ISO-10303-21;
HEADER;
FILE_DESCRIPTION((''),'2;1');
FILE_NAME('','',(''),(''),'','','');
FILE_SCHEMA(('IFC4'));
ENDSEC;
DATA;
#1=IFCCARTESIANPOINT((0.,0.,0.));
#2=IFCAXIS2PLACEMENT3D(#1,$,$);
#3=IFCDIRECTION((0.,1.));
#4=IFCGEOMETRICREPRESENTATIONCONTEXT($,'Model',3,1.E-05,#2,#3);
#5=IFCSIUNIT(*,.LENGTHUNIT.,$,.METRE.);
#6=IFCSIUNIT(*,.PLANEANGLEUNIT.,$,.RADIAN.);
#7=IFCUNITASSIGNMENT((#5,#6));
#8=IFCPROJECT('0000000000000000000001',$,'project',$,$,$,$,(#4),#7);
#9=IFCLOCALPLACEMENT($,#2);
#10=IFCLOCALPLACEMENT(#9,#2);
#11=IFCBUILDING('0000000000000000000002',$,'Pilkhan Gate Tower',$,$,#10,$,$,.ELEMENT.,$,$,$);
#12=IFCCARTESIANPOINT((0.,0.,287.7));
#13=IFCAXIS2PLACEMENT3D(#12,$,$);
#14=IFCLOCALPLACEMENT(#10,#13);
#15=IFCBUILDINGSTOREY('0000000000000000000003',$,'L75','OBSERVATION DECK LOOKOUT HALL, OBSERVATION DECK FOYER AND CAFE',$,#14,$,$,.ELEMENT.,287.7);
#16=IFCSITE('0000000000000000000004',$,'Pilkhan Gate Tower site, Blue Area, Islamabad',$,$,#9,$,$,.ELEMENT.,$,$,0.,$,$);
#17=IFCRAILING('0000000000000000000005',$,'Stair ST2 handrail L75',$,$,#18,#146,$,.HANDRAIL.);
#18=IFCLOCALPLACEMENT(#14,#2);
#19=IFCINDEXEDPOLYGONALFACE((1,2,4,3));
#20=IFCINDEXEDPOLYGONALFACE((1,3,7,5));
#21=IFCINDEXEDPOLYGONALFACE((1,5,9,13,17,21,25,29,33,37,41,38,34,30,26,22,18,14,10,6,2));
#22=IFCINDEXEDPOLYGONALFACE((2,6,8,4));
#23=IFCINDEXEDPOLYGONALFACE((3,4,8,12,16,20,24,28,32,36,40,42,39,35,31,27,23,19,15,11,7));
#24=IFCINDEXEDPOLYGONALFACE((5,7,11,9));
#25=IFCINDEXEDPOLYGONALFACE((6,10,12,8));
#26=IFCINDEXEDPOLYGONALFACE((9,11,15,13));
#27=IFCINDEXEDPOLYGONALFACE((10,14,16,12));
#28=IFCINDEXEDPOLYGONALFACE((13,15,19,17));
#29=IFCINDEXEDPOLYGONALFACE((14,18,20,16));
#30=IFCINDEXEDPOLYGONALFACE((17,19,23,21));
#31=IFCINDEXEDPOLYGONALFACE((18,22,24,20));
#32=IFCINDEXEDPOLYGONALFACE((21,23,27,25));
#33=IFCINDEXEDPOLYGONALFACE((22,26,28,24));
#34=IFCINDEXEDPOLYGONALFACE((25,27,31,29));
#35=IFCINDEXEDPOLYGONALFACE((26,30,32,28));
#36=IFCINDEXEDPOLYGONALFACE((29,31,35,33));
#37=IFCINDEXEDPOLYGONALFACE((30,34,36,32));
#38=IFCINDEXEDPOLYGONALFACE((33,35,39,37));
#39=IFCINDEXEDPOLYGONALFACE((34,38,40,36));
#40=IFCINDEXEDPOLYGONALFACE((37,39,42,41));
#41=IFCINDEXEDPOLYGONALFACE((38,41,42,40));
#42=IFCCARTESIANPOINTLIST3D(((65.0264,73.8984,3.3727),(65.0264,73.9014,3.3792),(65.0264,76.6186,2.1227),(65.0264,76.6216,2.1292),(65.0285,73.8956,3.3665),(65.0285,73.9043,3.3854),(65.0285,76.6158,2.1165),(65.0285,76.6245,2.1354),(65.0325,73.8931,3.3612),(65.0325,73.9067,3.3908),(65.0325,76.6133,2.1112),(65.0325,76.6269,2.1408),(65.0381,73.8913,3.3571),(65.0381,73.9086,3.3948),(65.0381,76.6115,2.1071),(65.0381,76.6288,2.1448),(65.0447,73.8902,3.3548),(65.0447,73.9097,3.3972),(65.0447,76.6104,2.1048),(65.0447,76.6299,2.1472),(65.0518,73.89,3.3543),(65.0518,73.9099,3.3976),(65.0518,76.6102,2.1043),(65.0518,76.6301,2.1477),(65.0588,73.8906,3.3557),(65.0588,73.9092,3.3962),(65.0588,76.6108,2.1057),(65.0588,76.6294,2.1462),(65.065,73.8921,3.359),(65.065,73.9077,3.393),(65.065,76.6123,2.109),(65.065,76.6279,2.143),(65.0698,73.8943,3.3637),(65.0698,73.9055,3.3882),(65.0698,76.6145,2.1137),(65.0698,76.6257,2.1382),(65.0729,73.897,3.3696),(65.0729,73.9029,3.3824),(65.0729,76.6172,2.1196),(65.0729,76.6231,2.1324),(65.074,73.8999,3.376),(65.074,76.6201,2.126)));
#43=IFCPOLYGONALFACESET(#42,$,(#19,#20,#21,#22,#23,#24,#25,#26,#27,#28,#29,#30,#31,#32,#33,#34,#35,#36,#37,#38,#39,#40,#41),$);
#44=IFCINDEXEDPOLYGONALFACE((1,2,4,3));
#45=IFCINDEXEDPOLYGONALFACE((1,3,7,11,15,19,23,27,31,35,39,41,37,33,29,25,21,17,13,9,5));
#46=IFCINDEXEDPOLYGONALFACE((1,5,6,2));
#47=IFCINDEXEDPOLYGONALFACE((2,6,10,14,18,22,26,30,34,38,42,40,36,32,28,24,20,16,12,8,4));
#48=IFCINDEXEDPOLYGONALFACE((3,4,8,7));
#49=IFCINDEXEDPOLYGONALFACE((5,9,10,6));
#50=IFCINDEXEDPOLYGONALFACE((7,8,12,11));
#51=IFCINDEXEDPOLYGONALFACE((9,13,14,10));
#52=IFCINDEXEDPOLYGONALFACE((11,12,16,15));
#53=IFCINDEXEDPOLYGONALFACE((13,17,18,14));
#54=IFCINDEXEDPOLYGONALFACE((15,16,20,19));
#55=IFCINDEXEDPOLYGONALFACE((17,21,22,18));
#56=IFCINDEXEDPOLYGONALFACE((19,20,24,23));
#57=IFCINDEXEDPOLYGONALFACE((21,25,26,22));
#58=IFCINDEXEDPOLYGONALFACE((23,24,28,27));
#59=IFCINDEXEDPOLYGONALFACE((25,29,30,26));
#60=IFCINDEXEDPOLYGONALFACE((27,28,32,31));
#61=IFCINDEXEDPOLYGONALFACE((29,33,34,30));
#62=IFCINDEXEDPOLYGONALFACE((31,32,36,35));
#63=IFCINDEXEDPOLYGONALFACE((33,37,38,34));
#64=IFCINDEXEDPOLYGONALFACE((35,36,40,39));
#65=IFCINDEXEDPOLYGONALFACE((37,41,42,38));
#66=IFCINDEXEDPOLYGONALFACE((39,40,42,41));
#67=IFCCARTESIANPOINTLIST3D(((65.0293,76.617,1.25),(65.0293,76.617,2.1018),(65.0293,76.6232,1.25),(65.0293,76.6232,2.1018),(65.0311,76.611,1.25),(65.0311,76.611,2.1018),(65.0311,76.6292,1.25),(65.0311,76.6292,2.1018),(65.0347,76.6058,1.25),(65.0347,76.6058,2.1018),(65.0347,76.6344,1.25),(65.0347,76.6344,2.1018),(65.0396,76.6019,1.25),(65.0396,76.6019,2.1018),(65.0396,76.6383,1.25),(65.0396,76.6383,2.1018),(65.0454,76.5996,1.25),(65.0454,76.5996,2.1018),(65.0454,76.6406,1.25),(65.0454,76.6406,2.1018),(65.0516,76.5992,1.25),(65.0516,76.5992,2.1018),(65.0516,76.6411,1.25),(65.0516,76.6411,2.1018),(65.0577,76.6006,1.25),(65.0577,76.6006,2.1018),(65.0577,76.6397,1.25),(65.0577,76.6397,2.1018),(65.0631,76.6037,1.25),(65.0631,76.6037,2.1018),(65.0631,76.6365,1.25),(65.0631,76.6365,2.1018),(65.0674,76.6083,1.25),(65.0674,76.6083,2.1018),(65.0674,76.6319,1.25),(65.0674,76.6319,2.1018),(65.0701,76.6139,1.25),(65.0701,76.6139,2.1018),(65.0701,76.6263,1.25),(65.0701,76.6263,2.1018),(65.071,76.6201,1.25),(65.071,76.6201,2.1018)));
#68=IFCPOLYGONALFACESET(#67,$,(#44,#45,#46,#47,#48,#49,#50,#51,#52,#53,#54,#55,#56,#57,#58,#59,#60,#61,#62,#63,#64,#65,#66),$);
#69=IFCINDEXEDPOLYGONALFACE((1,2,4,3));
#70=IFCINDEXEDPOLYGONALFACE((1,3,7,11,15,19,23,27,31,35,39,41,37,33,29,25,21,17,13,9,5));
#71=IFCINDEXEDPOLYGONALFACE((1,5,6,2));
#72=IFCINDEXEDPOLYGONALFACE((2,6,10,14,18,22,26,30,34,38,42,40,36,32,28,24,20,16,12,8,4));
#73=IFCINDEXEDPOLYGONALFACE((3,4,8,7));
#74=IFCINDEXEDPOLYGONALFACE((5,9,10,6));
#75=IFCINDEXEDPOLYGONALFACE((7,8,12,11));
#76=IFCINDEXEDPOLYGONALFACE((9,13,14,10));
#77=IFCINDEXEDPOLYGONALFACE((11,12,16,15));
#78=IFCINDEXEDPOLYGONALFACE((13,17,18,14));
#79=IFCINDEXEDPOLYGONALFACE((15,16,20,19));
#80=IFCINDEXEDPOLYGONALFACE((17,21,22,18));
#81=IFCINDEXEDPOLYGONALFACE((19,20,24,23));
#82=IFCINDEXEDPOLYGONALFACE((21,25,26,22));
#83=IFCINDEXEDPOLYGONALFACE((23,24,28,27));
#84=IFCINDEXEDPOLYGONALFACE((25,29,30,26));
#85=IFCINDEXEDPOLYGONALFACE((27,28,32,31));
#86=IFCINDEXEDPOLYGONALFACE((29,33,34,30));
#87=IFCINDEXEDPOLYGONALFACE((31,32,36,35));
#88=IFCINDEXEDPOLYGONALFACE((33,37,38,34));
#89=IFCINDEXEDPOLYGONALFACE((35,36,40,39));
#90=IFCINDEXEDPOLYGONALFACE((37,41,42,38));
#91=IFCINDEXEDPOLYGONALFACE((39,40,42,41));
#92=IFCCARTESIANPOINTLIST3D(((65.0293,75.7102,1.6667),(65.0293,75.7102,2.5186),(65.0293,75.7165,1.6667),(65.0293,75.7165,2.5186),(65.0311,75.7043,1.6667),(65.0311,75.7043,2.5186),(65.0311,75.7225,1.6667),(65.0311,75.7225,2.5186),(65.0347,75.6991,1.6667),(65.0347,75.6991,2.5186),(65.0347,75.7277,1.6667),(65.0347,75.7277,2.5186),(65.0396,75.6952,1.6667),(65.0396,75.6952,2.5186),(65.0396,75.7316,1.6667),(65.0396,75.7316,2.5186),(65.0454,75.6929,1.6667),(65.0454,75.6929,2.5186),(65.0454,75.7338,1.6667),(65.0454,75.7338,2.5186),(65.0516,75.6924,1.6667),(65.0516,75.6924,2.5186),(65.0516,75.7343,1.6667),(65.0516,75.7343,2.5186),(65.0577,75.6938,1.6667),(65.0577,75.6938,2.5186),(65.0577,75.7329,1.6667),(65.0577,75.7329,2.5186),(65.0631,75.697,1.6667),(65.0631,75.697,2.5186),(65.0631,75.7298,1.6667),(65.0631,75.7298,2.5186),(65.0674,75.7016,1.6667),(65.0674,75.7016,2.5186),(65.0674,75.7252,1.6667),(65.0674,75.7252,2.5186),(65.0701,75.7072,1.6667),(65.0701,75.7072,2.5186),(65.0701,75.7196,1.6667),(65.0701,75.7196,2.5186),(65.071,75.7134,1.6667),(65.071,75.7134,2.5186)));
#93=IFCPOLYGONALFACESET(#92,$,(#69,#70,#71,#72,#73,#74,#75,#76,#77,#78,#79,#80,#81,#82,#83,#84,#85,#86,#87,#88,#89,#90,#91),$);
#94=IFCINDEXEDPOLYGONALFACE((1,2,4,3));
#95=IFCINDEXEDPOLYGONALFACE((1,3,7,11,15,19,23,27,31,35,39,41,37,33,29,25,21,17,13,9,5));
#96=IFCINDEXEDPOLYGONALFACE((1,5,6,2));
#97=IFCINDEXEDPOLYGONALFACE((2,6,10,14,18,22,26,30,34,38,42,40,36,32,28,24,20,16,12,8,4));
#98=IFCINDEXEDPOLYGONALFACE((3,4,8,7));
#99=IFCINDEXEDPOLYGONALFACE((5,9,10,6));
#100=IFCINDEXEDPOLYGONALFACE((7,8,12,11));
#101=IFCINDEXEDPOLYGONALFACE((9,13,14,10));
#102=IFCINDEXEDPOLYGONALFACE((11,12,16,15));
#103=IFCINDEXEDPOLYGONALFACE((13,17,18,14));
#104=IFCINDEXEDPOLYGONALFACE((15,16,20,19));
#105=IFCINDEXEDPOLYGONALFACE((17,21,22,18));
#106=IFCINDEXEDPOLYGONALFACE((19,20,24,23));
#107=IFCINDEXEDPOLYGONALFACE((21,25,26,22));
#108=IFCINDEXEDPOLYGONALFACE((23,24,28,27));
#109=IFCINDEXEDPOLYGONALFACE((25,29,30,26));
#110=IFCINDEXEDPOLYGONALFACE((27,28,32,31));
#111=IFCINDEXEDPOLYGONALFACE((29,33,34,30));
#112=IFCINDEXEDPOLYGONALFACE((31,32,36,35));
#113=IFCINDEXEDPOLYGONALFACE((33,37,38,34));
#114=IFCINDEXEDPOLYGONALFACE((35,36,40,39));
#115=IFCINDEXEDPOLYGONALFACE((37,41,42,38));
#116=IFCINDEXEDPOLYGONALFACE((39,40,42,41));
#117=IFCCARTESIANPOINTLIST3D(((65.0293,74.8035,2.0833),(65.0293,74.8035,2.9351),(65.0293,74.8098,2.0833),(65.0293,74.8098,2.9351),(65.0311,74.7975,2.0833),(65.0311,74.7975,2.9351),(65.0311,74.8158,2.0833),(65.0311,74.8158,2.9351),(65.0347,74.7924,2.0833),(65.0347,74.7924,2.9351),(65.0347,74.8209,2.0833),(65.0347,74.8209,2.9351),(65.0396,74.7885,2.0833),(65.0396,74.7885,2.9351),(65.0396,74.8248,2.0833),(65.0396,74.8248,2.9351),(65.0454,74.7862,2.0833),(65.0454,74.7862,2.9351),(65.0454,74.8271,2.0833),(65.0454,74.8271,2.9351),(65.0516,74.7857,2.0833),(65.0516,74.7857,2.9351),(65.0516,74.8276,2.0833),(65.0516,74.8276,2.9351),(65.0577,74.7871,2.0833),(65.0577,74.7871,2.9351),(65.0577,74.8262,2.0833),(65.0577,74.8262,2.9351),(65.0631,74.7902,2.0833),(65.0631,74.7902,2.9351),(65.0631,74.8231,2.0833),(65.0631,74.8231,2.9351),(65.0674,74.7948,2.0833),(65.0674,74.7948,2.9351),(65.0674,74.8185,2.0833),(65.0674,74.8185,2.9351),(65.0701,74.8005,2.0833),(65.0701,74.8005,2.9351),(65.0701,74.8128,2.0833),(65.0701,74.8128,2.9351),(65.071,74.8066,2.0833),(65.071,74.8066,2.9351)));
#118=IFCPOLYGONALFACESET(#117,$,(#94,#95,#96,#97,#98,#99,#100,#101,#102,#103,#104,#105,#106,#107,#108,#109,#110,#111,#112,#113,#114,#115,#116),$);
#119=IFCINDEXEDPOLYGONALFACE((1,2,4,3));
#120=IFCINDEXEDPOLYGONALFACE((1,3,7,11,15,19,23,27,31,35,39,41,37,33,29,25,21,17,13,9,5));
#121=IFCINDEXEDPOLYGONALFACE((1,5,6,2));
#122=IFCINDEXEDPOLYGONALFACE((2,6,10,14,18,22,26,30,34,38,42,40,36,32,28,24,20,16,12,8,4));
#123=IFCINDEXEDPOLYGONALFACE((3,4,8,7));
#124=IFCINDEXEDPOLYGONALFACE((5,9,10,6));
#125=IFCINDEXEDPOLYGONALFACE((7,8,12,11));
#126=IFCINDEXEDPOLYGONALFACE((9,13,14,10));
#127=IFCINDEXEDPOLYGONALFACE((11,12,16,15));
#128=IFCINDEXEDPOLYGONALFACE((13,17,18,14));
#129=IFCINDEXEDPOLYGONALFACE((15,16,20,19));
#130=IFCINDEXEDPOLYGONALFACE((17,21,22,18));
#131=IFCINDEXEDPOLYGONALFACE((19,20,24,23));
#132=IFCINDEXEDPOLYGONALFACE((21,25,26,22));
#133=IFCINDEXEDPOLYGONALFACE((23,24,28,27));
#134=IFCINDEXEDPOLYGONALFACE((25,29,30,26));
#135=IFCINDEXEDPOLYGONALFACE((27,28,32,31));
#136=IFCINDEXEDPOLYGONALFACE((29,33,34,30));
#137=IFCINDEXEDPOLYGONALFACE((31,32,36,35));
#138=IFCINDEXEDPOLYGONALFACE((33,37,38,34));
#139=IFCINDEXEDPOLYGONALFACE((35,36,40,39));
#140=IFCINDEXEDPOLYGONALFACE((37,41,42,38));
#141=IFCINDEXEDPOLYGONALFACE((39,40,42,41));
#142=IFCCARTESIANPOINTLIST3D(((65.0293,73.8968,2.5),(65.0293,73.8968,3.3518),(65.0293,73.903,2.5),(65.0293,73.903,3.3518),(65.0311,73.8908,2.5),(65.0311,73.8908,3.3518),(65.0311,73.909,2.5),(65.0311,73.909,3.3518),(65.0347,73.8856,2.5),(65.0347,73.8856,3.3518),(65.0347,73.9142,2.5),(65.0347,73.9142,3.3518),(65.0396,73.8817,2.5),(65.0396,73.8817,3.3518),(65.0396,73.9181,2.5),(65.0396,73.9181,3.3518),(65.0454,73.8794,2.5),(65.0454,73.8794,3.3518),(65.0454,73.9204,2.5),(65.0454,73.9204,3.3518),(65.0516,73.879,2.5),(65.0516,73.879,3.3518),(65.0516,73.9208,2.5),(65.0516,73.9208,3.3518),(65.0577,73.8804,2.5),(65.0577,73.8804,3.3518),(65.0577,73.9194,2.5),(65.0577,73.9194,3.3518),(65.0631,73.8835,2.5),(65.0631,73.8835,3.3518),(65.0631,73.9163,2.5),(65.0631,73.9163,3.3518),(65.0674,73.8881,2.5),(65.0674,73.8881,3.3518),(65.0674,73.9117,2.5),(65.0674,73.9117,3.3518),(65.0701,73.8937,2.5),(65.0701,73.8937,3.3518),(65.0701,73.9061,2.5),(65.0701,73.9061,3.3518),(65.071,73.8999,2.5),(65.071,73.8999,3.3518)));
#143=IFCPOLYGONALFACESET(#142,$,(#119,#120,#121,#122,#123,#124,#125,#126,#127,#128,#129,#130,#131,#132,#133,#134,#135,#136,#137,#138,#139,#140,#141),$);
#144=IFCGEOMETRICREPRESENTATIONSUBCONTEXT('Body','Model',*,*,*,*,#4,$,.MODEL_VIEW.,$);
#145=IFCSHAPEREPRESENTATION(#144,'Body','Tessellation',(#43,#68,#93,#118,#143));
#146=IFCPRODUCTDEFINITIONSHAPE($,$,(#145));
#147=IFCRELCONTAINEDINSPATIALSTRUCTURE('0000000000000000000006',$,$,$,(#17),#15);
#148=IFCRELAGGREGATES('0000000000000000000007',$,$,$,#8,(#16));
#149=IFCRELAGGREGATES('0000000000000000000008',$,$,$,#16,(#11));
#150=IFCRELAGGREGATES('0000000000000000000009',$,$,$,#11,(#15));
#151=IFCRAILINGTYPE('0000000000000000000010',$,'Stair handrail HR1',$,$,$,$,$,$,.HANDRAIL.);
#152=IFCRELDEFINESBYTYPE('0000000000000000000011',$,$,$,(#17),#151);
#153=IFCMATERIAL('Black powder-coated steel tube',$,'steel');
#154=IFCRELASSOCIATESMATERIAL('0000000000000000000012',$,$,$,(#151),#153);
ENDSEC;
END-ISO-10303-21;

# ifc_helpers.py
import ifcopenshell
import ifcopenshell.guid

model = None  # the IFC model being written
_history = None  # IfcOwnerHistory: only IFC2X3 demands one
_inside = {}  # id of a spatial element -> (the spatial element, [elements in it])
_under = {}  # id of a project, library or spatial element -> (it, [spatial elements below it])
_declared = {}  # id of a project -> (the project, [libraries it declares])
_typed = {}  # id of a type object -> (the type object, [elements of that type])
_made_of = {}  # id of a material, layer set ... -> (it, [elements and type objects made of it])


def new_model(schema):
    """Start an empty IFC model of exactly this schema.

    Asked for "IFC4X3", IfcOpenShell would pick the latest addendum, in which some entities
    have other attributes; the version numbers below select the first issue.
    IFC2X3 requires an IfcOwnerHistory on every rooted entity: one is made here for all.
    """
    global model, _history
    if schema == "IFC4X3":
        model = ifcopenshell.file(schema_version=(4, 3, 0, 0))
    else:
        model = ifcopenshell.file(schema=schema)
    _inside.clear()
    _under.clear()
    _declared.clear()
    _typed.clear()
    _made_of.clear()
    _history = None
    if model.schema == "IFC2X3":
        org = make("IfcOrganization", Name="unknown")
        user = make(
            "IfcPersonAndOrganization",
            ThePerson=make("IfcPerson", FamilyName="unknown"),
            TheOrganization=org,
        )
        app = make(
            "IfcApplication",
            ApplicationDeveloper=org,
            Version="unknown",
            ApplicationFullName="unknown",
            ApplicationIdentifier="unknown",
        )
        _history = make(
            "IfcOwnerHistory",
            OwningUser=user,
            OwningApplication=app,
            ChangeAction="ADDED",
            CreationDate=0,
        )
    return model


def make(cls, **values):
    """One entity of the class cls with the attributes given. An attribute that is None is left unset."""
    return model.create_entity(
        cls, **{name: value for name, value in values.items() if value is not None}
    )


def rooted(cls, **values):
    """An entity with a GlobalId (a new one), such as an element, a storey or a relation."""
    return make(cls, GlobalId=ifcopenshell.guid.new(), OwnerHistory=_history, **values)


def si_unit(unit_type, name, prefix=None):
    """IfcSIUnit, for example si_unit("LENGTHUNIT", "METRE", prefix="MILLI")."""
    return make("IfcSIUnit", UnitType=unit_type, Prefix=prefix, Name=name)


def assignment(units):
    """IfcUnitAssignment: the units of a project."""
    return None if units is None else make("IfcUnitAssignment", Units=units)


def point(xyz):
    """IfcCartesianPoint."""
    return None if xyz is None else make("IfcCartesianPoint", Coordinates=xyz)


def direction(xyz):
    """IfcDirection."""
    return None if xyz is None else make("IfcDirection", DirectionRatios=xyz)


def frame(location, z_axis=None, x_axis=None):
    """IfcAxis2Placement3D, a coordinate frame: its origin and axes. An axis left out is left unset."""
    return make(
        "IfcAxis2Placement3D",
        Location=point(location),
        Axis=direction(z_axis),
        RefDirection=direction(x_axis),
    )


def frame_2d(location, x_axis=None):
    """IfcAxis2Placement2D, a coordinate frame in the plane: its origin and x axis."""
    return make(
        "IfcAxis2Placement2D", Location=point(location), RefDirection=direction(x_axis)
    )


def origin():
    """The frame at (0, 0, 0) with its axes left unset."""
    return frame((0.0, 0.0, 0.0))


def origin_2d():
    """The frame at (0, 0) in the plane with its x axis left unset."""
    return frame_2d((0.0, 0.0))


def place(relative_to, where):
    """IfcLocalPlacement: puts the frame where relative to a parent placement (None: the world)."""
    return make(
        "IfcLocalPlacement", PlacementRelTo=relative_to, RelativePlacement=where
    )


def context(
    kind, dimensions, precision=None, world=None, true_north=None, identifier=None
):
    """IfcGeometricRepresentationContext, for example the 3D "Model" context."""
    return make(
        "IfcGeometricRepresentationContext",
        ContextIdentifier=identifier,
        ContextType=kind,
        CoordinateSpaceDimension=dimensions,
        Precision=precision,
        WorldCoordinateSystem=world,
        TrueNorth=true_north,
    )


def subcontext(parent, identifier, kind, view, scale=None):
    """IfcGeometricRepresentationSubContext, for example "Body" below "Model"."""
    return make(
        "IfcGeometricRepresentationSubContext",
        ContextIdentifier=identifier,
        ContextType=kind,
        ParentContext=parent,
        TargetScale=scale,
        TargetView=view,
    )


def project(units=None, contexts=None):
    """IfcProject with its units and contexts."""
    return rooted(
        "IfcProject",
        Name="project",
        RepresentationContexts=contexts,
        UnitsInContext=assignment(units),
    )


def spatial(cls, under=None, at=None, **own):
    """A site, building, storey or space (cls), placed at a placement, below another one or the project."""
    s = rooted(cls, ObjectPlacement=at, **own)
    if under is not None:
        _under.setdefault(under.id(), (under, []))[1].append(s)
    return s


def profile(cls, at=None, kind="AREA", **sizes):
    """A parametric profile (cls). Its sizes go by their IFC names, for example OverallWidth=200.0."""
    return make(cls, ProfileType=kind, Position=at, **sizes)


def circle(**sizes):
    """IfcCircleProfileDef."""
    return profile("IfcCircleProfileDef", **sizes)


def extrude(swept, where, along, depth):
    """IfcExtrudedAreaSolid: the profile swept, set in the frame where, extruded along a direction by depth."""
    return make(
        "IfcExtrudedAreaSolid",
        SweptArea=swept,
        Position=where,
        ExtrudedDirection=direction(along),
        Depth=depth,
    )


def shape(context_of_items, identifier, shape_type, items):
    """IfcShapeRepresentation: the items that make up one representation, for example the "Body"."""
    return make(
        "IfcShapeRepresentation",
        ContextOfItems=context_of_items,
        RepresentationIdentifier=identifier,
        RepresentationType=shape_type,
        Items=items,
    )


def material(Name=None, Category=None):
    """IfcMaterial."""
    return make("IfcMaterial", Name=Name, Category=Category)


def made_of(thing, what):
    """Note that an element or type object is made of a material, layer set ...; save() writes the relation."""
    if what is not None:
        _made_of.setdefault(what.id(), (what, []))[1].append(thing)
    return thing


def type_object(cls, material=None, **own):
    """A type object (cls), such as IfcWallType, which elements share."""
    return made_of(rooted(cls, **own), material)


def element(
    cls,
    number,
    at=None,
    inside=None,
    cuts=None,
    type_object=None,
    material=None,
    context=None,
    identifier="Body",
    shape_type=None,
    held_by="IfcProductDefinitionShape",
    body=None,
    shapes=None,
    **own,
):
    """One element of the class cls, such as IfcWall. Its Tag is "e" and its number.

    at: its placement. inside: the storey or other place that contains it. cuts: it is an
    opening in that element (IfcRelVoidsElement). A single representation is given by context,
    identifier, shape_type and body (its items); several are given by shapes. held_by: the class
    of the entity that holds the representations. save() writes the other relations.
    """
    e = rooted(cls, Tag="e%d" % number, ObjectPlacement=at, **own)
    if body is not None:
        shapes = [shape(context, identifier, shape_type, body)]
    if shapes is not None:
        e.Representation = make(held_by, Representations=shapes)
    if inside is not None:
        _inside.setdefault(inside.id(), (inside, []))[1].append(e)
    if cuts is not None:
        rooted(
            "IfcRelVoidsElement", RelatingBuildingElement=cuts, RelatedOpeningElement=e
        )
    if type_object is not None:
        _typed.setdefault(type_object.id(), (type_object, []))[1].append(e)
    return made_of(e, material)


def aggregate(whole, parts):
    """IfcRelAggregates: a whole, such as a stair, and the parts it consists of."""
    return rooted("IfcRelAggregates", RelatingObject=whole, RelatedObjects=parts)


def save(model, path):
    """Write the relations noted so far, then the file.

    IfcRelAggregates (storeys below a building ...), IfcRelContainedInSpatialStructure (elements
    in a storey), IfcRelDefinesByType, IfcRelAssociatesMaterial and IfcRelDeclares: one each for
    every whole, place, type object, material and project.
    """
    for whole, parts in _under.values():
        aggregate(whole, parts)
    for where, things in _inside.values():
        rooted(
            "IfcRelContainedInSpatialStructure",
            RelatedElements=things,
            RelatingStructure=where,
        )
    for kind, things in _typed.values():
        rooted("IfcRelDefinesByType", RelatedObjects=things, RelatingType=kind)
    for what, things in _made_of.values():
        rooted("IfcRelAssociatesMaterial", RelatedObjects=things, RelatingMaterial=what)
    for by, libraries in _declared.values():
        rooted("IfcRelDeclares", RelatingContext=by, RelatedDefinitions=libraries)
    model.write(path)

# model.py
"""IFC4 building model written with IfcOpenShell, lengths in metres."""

from ifc_helpers import new_model, si_unit, direction, frame, origin, origin_2d, place, context, subcontext, project, spatial, circle, extrude, material, type_object, element, save


model = new_model("IFC4")

# Units and contexts
model_context = context("Model", 3, precision=1e-05, world=origin(), true_north=direction((0.0, 1.0)))
body_context = subcontext(model_context, "Body", "Model", "MODEL_VIEW")
ifc_project = project(units=[si_unit("LENGTHUNIT", "METRE"), si_unit("PLANEANGLEUNIT", "RADIAN")], contexts=[model_context])

# Site, building, storey
site_placement = place(None, origin())
site = spatial("IfcSite", under=ifc_project, at=site_placement, Name="Pilkhan Gate Tower site, Blue Area, Islamabad", CompositionType="ELEMENT", RefElevation=0.0)
building_placement = place(site_placement, origin())
building = spatial("IfcBuilding", under=site, at=building_placement, Name="Pilkhan Gate Tower", CompositionType="ELEMENT")
storey_placement = place(building_placement, frame((0.0, 0.0, 287.7)))
storey = spatial("IfcBuildingStorey", under=building, at=storey_placement, Name="L75", Description="OBSERVATION DECK LOOKOUT HALL, OBSERVATION DECK FOYER AND CAFE", CompositionType="ELEMENT", Elevation=287.7)

# Railing
ifc_material_1 = material(Name="Black powder-coated steel tube", Category="steel")
railing_type_1 = type_object("IfcRailingType", Name="Stair handrail HR1", PredefinedType="HANDRAIL", material=ifc_material_1)
for number, where, name in (
    (1, (65.05, 76.6201, 1.25), "Stair ST2 handrail L75"),
):
    element("IfcRailing", number, at=place(storey_placement, frame(where)), inside=storey, type_object=railing_type_1, Name=name, PredefinedType="HANDRAIL", context=body_context, shape_type="SweptSolid", body=[
        extrude(circle(Radius=0.0239, at=origin_2d()), frame((0.0, 0.0, 0.876), z_axis=(0.0, -0.908655, 0.417547), x_axis=(1.0, 0.0, 0.0)), (0.0, 0.0, 1.0), 2.9937),
        extrude(circle(Radius=0.021, at=origin_2d()), origin(), (0.0, 0.0, 1.0), 0.8518),
        extrude(circle(Radius=0.021, at=origin_2d()), frame((0.0, -0.9067, 0.4167)), (0.0, 0.0, 1.0), 0.8518),
        extrude(circle(Radius=0.021, at=origin_2d()), frame((0.0, -1.8135, 0.8333)), (0.0, 0.0, 1.0), 0.8518),
        extrude(circle(Radius=0.021, at=origin_2d()), frame((0.0, -2.7202, 1.25)), (0.0, 0.0, 1.0), 0.8518),
    ])

save(model, "model.ifc")
